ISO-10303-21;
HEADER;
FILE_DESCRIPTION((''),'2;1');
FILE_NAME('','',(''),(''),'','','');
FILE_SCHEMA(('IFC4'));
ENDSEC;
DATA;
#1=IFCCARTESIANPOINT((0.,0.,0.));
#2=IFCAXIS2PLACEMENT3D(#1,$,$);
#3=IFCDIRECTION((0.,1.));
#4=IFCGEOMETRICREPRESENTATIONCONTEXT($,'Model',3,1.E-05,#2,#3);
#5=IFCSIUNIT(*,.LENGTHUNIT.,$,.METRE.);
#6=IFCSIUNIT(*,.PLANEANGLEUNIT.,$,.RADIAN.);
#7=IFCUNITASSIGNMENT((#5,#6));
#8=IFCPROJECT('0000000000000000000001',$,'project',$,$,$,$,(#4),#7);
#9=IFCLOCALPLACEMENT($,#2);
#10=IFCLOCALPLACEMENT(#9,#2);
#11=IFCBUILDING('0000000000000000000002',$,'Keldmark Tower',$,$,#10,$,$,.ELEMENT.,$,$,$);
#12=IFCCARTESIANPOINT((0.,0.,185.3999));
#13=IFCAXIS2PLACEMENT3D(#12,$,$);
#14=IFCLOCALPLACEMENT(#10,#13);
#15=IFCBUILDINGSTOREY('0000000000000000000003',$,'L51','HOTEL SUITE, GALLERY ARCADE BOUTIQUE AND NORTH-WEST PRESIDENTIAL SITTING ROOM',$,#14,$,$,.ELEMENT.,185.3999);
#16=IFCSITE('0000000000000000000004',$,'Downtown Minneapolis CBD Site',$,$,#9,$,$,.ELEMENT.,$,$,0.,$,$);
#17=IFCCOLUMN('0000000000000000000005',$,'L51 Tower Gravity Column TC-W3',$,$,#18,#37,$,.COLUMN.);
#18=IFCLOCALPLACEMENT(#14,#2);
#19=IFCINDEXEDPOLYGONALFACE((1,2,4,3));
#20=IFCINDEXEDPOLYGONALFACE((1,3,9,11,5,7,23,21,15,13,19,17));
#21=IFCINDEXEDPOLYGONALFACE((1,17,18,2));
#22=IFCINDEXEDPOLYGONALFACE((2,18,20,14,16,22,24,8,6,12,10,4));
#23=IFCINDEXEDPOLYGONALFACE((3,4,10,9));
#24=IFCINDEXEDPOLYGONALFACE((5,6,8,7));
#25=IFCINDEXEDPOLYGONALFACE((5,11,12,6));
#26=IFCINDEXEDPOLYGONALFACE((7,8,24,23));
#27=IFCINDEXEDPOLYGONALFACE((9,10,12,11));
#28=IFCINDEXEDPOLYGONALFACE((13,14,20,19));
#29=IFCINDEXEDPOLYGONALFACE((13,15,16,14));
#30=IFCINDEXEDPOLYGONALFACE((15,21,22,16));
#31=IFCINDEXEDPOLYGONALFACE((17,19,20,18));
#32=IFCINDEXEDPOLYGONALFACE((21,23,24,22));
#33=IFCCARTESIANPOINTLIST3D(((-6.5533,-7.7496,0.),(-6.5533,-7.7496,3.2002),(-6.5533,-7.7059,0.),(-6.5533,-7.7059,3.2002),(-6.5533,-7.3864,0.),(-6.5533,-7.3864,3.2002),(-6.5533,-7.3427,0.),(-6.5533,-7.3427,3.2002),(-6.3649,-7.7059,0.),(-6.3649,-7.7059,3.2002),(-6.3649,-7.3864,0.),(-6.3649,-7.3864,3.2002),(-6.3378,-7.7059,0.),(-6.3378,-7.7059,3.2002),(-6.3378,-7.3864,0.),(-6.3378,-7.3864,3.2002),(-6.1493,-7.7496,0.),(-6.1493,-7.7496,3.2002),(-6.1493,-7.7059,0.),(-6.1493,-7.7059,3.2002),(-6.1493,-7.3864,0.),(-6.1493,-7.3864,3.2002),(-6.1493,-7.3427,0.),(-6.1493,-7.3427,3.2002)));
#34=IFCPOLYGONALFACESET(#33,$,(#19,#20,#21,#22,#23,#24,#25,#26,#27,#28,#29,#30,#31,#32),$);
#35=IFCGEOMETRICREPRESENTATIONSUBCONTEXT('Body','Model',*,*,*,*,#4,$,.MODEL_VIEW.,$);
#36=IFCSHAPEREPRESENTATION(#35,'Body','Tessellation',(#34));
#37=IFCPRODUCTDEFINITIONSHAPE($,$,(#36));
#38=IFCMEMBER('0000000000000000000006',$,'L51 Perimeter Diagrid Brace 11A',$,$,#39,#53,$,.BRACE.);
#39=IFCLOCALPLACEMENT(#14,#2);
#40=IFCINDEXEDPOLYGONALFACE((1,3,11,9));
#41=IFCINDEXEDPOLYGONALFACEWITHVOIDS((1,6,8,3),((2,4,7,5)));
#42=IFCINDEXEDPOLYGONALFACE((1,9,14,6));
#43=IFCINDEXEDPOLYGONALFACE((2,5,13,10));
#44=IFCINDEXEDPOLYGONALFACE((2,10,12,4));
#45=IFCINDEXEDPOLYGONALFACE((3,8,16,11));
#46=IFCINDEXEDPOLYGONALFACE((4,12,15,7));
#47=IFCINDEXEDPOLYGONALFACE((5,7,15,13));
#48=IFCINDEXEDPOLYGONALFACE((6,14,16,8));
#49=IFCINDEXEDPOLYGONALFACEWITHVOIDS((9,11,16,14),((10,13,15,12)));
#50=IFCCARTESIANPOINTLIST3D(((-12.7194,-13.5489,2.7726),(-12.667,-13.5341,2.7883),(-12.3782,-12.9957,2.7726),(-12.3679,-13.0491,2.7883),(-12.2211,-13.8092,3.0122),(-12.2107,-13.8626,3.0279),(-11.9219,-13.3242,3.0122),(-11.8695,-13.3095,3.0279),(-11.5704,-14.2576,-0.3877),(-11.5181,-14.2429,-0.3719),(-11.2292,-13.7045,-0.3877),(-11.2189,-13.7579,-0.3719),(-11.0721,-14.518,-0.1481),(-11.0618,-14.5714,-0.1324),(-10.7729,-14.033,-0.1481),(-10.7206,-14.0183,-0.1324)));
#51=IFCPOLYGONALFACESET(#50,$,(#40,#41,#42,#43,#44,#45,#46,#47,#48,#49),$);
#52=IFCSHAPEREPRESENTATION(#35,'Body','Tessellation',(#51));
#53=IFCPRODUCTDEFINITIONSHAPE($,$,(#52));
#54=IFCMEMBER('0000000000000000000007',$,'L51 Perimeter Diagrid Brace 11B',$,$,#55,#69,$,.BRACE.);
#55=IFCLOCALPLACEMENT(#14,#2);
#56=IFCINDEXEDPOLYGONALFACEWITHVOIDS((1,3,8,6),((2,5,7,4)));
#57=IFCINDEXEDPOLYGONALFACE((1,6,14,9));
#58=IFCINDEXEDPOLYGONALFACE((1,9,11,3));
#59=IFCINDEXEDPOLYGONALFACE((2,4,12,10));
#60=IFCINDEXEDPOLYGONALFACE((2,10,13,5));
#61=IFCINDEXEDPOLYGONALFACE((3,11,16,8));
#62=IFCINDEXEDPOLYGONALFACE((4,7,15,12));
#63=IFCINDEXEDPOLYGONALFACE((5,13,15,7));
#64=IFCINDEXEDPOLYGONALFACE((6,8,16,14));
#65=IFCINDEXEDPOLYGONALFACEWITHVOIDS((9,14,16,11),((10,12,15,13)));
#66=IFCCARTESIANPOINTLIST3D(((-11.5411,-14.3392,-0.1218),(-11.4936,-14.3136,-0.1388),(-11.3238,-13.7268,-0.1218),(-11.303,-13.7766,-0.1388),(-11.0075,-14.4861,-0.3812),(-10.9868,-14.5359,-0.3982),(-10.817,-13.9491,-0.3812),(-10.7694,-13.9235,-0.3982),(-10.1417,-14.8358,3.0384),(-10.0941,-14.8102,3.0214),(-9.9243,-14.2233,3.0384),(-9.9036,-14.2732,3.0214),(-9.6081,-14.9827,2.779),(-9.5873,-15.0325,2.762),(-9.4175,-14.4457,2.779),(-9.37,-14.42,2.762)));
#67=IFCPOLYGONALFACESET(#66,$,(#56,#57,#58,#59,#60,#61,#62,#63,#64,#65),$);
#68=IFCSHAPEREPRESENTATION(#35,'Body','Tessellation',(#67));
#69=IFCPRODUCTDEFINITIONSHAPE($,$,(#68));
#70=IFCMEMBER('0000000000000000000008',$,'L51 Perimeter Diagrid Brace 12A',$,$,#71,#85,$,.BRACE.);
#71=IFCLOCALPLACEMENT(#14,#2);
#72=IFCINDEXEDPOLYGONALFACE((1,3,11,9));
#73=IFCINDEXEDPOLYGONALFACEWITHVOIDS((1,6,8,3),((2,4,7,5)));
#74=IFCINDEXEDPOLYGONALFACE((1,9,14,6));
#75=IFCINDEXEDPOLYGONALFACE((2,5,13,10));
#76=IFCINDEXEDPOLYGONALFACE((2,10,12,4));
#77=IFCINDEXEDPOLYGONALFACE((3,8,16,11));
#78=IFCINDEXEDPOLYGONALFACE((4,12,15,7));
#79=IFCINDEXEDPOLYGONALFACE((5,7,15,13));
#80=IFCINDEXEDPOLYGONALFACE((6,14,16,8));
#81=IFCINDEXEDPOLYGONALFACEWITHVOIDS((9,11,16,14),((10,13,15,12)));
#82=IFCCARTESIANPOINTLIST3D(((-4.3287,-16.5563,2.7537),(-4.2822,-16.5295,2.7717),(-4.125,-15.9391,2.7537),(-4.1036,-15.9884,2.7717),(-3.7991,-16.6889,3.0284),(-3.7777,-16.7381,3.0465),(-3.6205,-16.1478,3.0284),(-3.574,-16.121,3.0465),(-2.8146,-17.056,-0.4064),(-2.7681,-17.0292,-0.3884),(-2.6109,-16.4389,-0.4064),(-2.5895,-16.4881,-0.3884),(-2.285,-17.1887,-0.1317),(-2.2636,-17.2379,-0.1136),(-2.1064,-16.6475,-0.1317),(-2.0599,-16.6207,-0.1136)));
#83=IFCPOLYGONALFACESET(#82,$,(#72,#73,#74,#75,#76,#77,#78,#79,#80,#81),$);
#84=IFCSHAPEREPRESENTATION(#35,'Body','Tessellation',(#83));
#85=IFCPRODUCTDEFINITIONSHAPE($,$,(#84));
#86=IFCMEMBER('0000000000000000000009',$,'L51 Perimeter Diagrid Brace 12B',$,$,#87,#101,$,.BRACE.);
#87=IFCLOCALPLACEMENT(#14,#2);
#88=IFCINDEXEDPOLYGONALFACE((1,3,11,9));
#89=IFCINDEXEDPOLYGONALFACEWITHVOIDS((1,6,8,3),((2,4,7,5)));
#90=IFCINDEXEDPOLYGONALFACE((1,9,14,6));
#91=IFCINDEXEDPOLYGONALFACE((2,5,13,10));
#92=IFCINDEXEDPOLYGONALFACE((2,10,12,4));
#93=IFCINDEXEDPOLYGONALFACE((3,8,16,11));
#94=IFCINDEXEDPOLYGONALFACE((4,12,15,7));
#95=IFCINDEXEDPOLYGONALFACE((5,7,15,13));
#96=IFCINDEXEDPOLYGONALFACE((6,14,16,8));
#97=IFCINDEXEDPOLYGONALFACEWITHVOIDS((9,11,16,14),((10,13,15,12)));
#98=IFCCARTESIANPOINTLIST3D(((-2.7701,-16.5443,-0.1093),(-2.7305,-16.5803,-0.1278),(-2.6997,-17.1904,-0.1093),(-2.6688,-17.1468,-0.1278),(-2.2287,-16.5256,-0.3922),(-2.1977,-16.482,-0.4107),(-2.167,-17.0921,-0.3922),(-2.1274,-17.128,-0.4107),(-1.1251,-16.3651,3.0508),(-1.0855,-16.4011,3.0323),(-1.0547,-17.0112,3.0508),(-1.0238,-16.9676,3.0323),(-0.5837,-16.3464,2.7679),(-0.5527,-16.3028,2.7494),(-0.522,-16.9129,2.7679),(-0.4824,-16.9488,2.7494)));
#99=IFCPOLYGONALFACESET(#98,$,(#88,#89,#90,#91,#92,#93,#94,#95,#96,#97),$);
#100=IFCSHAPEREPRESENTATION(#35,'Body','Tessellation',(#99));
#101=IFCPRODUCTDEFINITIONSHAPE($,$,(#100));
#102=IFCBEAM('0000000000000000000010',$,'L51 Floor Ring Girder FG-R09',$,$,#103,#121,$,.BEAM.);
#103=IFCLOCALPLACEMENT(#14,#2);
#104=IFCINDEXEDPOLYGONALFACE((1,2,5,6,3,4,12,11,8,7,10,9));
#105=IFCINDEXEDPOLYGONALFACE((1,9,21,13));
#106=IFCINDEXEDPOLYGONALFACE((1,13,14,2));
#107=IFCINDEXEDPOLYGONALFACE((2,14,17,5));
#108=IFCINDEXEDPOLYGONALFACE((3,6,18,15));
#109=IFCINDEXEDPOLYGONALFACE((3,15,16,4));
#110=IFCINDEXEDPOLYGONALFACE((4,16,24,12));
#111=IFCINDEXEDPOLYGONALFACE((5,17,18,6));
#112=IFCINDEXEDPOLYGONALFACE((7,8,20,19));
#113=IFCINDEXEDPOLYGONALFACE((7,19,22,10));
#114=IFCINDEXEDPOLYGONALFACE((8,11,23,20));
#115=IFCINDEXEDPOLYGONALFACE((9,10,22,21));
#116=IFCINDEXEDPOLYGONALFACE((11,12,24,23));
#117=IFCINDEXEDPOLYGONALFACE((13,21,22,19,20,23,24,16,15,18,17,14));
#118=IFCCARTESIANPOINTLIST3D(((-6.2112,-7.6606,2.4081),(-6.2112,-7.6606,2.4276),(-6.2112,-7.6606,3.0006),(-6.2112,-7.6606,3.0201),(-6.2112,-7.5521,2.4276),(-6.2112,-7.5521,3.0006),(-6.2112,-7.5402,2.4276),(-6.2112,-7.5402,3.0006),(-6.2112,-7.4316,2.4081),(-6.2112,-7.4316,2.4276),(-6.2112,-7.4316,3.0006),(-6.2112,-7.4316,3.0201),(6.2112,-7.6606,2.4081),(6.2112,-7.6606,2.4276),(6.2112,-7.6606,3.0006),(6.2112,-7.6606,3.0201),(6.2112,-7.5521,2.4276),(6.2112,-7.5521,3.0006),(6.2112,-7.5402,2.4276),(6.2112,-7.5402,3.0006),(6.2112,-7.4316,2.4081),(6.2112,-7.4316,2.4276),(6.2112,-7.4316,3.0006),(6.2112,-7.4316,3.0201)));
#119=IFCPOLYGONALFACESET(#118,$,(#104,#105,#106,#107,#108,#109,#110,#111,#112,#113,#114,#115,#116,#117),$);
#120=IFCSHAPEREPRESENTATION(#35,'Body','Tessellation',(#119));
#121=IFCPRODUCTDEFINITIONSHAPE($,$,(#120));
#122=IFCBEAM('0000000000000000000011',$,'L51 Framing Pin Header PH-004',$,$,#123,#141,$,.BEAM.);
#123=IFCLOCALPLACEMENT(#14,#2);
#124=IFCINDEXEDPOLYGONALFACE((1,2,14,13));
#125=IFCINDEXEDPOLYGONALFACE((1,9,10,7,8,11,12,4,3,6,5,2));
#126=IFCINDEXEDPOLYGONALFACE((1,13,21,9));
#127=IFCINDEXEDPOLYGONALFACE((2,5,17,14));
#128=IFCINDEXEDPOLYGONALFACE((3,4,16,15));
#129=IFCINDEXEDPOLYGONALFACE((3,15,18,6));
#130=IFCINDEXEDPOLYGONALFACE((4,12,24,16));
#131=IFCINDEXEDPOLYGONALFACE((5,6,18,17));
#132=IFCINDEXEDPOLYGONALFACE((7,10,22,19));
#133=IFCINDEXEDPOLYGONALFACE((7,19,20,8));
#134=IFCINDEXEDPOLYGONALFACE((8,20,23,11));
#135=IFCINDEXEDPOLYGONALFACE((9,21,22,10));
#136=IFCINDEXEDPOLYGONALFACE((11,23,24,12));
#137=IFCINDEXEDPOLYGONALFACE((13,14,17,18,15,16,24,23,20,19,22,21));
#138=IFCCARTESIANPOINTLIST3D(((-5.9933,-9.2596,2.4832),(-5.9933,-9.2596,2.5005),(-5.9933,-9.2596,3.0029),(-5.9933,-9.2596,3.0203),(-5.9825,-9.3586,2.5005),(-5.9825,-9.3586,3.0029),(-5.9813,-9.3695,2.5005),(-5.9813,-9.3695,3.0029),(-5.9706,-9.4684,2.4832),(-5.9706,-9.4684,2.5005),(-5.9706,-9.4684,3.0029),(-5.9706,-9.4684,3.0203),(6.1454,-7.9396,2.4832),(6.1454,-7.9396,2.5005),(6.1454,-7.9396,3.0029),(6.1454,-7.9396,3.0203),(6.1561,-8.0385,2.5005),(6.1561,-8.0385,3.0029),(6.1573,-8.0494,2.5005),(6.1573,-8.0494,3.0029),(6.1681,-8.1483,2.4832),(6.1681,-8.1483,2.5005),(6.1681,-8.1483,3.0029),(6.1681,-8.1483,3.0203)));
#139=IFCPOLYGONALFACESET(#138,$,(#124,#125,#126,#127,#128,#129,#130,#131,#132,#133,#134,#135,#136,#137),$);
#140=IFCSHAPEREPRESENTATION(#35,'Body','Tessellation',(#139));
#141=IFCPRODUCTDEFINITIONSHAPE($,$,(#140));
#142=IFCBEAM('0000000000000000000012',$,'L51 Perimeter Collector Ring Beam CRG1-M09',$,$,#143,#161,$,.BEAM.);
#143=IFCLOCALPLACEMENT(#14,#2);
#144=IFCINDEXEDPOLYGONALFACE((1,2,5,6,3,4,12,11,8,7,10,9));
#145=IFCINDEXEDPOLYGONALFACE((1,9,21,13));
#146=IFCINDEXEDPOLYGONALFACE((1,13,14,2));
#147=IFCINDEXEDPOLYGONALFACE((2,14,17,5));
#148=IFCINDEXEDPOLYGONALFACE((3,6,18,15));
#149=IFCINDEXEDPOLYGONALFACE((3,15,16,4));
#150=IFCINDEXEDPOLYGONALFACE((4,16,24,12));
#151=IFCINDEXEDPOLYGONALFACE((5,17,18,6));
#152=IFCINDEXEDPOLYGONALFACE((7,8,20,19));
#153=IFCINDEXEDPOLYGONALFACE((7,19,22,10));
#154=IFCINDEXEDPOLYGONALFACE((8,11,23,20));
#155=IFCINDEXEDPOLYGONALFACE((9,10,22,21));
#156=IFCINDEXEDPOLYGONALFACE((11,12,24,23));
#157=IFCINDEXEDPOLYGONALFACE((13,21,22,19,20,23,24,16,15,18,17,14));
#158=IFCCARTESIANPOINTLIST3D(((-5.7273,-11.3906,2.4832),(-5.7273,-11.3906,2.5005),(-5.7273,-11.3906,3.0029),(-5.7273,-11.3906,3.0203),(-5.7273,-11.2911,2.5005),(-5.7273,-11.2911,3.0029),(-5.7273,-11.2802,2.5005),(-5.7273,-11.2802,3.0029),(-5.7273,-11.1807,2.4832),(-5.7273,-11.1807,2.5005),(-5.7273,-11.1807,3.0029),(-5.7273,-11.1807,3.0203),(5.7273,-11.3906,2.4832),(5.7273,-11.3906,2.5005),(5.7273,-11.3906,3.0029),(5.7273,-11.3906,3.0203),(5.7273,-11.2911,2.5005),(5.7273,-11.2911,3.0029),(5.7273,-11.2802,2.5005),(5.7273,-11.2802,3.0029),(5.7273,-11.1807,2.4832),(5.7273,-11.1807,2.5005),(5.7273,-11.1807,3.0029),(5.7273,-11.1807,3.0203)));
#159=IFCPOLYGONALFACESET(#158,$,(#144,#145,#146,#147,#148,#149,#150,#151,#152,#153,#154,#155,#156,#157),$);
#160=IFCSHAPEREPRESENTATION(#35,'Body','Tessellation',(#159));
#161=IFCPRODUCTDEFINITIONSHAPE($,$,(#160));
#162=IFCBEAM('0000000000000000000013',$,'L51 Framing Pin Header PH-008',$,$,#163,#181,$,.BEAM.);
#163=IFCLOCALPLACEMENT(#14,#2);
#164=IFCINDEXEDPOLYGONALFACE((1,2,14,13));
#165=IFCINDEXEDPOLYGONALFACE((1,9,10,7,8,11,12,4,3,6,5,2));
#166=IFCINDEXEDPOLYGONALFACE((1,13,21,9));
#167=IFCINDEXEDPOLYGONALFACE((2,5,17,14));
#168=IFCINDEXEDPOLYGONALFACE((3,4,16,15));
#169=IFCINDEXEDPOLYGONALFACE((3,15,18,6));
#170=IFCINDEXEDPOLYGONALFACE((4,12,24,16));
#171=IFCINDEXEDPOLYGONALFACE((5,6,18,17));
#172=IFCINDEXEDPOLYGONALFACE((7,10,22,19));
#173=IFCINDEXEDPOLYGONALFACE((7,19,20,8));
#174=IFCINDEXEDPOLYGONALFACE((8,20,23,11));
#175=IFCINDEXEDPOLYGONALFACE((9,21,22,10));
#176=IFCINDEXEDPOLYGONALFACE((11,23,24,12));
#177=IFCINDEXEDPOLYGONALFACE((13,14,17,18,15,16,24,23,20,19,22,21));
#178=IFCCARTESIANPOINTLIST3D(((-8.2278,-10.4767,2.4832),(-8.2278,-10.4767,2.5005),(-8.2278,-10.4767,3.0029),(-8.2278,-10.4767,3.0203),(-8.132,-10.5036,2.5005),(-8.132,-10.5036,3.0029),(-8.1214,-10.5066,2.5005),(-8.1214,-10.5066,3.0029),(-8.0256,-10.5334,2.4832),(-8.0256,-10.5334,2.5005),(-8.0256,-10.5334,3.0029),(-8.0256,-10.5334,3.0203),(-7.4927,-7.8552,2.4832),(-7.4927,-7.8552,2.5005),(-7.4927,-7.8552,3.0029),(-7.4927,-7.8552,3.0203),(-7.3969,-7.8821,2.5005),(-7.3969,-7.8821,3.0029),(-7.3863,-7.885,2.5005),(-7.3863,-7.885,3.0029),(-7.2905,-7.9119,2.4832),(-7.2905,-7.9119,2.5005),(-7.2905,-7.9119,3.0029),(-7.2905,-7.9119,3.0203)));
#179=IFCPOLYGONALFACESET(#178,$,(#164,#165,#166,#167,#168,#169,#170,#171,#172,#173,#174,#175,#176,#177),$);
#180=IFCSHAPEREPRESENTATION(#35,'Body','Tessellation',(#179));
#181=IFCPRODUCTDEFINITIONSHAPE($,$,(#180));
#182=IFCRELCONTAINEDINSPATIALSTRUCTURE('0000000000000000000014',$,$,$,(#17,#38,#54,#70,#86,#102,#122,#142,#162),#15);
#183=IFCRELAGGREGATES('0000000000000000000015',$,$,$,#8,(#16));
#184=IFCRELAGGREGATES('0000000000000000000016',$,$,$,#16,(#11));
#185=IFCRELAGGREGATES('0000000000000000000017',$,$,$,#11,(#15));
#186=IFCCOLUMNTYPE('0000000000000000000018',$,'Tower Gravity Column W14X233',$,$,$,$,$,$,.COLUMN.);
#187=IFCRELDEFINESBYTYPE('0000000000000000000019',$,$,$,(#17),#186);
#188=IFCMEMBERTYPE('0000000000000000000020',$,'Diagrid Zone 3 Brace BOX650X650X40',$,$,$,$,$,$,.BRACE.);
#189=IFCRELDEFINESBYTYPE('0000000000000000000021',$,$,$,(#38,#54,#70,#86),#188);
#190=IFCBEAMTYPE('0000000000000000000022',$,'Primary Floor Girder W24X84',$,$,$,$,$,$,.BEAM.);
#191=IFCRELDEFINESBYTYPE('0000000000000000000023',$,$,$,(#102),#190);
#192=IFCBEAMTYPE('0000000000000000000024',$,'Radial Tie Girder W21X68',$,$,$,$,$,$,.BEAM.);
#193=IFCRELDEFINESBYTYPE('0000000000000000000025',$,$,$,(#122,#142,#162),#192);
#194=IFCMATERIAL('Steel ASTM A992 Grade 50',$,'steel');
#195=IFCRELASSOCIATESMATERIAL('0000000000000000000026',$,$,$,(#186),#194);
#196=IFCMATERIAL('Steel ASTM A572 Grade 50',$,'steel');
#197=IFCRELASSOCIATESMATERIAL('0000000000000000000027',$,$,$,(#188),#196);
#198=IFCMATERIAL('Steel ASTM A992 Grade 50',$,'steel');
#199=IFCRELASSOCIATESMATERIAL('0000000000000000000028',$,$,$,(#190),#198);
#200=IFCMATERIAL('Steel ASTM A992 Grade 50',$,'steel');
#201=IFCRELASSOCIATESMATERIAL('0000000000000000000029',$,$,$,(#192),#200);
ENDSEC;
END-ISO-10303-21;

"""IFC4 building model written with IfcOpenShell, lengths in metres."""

from ifc_helpers import new_model, si_unit, direction, frame, origin, origin_2d, place, context, subcontext, project, spatial, hollow_rectangle, i_section, extrude, material, material_profile, profile_set, type_object, element, save


model = new_model("IFC4")

# Units and contexts
model_context = context("Model", 3, precision=1e-05, world=origin(), true_north=direction((0.0, 1.0)))
body_context = subcontext(model_context, "Body", "Model", "MODEL_VIEW")
ifc_project = project(units=[si_unit("LENGTHUNIT", "METRE"), si_unit("PLANEANGLEUNIT", "RADIAN")], contexts=[model_context])

# Site, building, storey
site_placement = place(None, origin())
site = spatial("IfcSite", under=ifc_project, at=site_placement, Name="Downtown Minneapolis CBD Site", CompositionType="ELEMENT", RefElevation=0.0)
building_placement = place(site_placement, origin())
building = spatial("IfcBuilding", under=site, at=building_placement, Name="Keldmark Tower", CompositionType="ELEMENT")
storey_placement = place(building_placement, frame((0.0, 0.0, 185.3999)))
storey = spatial("IfcBuildingStorey", under=building, at=storey_placement, Name="L51", Description="HOTEL SUITE, GALLERY ARCADE BOUTIQUE AND NORTH-WEST PRESIDENTIAL SITTING ROOM", CompositionType="ELEMENT", Elevation=185.3999)

# Column
ifc_material_1 = material(Name="Steel ASTM A992 Grade 50", Category="steel")
ifc_material_profile_1 = material_profile(ifc_material_1, i_section(OverallWidth=0.4041, OverallDepth=0.407, WebThickness=0.0271, FlangeThickness=0.0437, at=origin_2d()), Name="W14X233")
ifc_profile_set_1 = profile_set([ifc_material_profile_1], Name="Steel ASTM A992 Grade 50")
column_type = type_object("IfcColumnType", Name="Tower Gravity Column W14X233", PredefinedType="COLUMN", material=ifc_profile_set_1)
column_placement = place(storey_placement, frame((-6.3513, -7.5461, 0.0), z_axis=(0.0, 0.0, 1.0), x_axis=(1.0, 0.0, 0.0)))
element("IfcColumn", 1, at=column_placement, inside=storey, type_object=column_type, Name="L51 Tower Gravity Column TC-W3", PredefinedType="COLUMN", context=body_context, shape_type="SweptSolid", body=[
    extrude(i_section(OverallWidth=0.4041, OverallDepth=0.407, WebThickness=0.0271, FlangeThickness=0.0437, at=origin_2d()), origin(), (0.0, 0.0, 1.0), 3.2002),
])

# Members
ifc_material_2 = material(Name="Steel ASTM A572 Grade 50", Category="steel")
ifc_material_profile_2 = material_profile(ifc_material_2, hollow_rectangle(XDim=0.6499, YDim=0.6499, WallThickness=0.04, at=origin_2d()), Name="BOX650X650X40")
ifc_profile_set_2 = profile_set([ifc_material_profile_2], Name="Steel ASTM A572 Grade 50")
member_type = type_object("IfcMemberType", Name="Diagrid Zone 3 Brace BOX650X650X40", PredefinedType="BRACE", material=ifc_profile_set_2)
member_1_placement = place(storey_placement, frame((-11.1455, -14.1379, -0.26), z_axis=(-0.334339, 0.206244, 0.919609), x_axis=(-0.525015, -0.851093, 0.0)))
element("IfcMember", 2, at=member_1_placement, inside=storey, type_object=member_type, Name="L51 Perimeter Diagrid Brace 11A", PredefinedType="BRACE", context=body_context, shape_type="SweptSolid", body=[
    extrude(hollow_rectangle(XDim=0.6499, YDim=0.6499, WallThickness=0.04, at=origin_2d()), origin(), (0.0, 0.0, 1.0), 3.4365),
])
member_2_placement = place(storey_placement, frame((-11.1553, -14.1313, -0.26), z_axis=(0.40079, -0.14222, 0.905064), x_axis=(0.334419, 0.942424, 0.0)))
element("IfcMember", 3, at=member_2_placement, inside=storey, type_object=member_type, Name="L51 Perimeter Diagrid Brace 11B", PredefinedType="BRACE", context=body_context, shape_type="SweptSolid", body=[
    extrude(hollow_rectangle(XDim=0.6499, YDim=0.6499, WallThickness=0.04, at=origin_2d()), origin(), (0.0, 0.0, 1.0), 3.4917),
])
member_3_placement = place(storey_placement, frame((-2.4373, -16.8384, -0.26), z_axis=(-0.427773, 0.141188, 0.892791), x_axis=(-0.313424, -0.949613, 0.0)))
element("IfcMember", 4, at=member_3_placement, inside=storey, type_object=member_type, Name="L51 Perimeter Diagrid Brace 12A", PredefinedType="BRACE", context=body_context, shape_type="SweptSolid", body=[
    extrude(hollow_rectangle(XDim=0.6499, YDim=0.6499, WallThickness=0.04, at=origin_2d()), origin(), (0.0, 0.0, 1.0), 3.5396),
])
member_4_placement = place(storey_placement, frame((-2.4487, -16.8362, -0.26), z_axis=(0.461154, 0.050236, 0.885897), x_axis=(-0.108294, 0.994119, 0.0)))
element("IfcMember", 5, at=member_4_placement, inside=storey, type_object=member_type, Name="L51 Perimeter Diagrid Brace 12B", PredefinedType="BRACE", context=body_context, shape_type="SweptSolid", body=[
    extrude(hollow_rectangle(XDim=0.6499, YDim=0.6499, WallThickness=0.04, at=origin_2d()), origin(), (0.0, 0.0, 1.0), 3.5671),
])

# Beams
ifc_material_3 = material(Name="Steel ASTM A992 Grade 50", Category="steel")
ifc_material_profile_3 = material_profile(ifc_material_3, i_section(OverallWidth=0.229, OverallDepth=0.6121, WebThickness=0.012, FlangeThickness=0.0195, at=origin_2d()), Name="W24X84")
ifc_profile_set_3 = profile_set([ifc_material_profile_3], Name="Steel ASTM A992 Grade 50")
beam_type_1 = type_object("IfcBeamType", Name="Primary Floor Girder W24X84", PredefinedType="BEAM", material=ifc_profile_set_3)
beam_1_placement = place(storey_placement, frame((-6.2112, -7.5461, 2.7141), z_axis=(1.0, 0.0, 0.0), x_axis=(0.0, 1.0, 0.0)))
element("IfcBeam", 6, at=beam_1_placement, inside=storey, type_object=beam_type_1, Name="L51 Floor Ring Girder FG-R09", PredefinedType="BEAM", context=body_context, shape_type="SweptSolid", body=[
    extrude(i_section(OverallWidth=0.229, OverallDepth=0.6121, WebThickness=0.012, FlangeThickness=0.0195, at=origin_2d()), origin(), (0.0, 0.0, 1.0), 12.4224),
])
ifc_material_4 = material(Name="Steel ASTM A992 Grade 50", Category="steel")
ifc_material_profile_4 = material_profile(ifc_material_4, i_section(OverallWidth=0.21, OverallDepth=0.5371, WebThickness=0.011, FlangeThickness=0.0173, at=origin_2d()), Name="W21X68")
ifc_profile_set_4 = profile_set([ifc_material_profile_4], Name="Steel ASTM A992 Grade 50")
beam_type_2 = type_object("IfcBeamType", Name="Radial Tie Girder W21X68", PredefinedType="BEAM", material=ifc_profile_set_4)
beam_2_placement = place(storey_placement, frame((-5.9819, -9.364, 2.7517), z_axis=(0.994139, 0.108112, 0.0), x_axis=(-0.108112, 0.994139, 0.0)))
element("IfcBeam", 7, at=beam_2_placement, inside=storey, type_object=beam_type_2, Name="L51 Framing Pin Header PH-004", PredefinedType="BEAM", context=body_context, shape_type="SweptSolid", body=[
    extrude(i_section(OverallWidth=0.21, OverallDepth=0.5371, WebThickness=0.011, FlangeThickness=0.0173, at=origin_2d()), origin(), (0.0, 0.0, 1.0), 12.2102),
])
beam_3_placement = place(storey_placement, frame((-5.7273, -11.2856, 2.7517), z_axis=(1.0, 0.0, 0.0), x_axis=(0.0, 1.0, 0.0)))
element("IfcBeam", 8, at=beam_3_placement, inside=storey, type_object=beam_type_2, Name="L51 Perimeter Collector Ring Beam CRG1-M09", PredefinedType="BEAM", context=body_context, shape_type="SweptSolid", body=[
    extrude(i_section(OverallWidth=0.21, OverallDepth=0.5371, WebThickness=0.011, FlangeThickness=0.0173, at=origin_2d()), origin(), (0.0, 0.0, 1.0), 11.4546),
])
beam_4_placement = place(storey_placement, frame((-7.3916, -7.8835, 2.7517), z_axis=(-0.269992, -0.962862, 0.0), x_axis=(0.962862, -0.269992, 0.0)))
element("IfcBeam", 9, at=beam_4_placement, inside=storey, type_object=beam_type_2, Name="L51 Framing Pin Header PH-008", PredefinedType="BEAM", context=body_context, shape_type="SweptSolid", body=[
    extrude(i_section(OverallWidth=0.21, OverallDepth=0.5371, WebThickness=0.011, FlangeThickness=0.0173, at=origin_2d()), origin(), (0.0, 0.0, 1.0), 2.7227),
])

save(model, "model.ifc")
